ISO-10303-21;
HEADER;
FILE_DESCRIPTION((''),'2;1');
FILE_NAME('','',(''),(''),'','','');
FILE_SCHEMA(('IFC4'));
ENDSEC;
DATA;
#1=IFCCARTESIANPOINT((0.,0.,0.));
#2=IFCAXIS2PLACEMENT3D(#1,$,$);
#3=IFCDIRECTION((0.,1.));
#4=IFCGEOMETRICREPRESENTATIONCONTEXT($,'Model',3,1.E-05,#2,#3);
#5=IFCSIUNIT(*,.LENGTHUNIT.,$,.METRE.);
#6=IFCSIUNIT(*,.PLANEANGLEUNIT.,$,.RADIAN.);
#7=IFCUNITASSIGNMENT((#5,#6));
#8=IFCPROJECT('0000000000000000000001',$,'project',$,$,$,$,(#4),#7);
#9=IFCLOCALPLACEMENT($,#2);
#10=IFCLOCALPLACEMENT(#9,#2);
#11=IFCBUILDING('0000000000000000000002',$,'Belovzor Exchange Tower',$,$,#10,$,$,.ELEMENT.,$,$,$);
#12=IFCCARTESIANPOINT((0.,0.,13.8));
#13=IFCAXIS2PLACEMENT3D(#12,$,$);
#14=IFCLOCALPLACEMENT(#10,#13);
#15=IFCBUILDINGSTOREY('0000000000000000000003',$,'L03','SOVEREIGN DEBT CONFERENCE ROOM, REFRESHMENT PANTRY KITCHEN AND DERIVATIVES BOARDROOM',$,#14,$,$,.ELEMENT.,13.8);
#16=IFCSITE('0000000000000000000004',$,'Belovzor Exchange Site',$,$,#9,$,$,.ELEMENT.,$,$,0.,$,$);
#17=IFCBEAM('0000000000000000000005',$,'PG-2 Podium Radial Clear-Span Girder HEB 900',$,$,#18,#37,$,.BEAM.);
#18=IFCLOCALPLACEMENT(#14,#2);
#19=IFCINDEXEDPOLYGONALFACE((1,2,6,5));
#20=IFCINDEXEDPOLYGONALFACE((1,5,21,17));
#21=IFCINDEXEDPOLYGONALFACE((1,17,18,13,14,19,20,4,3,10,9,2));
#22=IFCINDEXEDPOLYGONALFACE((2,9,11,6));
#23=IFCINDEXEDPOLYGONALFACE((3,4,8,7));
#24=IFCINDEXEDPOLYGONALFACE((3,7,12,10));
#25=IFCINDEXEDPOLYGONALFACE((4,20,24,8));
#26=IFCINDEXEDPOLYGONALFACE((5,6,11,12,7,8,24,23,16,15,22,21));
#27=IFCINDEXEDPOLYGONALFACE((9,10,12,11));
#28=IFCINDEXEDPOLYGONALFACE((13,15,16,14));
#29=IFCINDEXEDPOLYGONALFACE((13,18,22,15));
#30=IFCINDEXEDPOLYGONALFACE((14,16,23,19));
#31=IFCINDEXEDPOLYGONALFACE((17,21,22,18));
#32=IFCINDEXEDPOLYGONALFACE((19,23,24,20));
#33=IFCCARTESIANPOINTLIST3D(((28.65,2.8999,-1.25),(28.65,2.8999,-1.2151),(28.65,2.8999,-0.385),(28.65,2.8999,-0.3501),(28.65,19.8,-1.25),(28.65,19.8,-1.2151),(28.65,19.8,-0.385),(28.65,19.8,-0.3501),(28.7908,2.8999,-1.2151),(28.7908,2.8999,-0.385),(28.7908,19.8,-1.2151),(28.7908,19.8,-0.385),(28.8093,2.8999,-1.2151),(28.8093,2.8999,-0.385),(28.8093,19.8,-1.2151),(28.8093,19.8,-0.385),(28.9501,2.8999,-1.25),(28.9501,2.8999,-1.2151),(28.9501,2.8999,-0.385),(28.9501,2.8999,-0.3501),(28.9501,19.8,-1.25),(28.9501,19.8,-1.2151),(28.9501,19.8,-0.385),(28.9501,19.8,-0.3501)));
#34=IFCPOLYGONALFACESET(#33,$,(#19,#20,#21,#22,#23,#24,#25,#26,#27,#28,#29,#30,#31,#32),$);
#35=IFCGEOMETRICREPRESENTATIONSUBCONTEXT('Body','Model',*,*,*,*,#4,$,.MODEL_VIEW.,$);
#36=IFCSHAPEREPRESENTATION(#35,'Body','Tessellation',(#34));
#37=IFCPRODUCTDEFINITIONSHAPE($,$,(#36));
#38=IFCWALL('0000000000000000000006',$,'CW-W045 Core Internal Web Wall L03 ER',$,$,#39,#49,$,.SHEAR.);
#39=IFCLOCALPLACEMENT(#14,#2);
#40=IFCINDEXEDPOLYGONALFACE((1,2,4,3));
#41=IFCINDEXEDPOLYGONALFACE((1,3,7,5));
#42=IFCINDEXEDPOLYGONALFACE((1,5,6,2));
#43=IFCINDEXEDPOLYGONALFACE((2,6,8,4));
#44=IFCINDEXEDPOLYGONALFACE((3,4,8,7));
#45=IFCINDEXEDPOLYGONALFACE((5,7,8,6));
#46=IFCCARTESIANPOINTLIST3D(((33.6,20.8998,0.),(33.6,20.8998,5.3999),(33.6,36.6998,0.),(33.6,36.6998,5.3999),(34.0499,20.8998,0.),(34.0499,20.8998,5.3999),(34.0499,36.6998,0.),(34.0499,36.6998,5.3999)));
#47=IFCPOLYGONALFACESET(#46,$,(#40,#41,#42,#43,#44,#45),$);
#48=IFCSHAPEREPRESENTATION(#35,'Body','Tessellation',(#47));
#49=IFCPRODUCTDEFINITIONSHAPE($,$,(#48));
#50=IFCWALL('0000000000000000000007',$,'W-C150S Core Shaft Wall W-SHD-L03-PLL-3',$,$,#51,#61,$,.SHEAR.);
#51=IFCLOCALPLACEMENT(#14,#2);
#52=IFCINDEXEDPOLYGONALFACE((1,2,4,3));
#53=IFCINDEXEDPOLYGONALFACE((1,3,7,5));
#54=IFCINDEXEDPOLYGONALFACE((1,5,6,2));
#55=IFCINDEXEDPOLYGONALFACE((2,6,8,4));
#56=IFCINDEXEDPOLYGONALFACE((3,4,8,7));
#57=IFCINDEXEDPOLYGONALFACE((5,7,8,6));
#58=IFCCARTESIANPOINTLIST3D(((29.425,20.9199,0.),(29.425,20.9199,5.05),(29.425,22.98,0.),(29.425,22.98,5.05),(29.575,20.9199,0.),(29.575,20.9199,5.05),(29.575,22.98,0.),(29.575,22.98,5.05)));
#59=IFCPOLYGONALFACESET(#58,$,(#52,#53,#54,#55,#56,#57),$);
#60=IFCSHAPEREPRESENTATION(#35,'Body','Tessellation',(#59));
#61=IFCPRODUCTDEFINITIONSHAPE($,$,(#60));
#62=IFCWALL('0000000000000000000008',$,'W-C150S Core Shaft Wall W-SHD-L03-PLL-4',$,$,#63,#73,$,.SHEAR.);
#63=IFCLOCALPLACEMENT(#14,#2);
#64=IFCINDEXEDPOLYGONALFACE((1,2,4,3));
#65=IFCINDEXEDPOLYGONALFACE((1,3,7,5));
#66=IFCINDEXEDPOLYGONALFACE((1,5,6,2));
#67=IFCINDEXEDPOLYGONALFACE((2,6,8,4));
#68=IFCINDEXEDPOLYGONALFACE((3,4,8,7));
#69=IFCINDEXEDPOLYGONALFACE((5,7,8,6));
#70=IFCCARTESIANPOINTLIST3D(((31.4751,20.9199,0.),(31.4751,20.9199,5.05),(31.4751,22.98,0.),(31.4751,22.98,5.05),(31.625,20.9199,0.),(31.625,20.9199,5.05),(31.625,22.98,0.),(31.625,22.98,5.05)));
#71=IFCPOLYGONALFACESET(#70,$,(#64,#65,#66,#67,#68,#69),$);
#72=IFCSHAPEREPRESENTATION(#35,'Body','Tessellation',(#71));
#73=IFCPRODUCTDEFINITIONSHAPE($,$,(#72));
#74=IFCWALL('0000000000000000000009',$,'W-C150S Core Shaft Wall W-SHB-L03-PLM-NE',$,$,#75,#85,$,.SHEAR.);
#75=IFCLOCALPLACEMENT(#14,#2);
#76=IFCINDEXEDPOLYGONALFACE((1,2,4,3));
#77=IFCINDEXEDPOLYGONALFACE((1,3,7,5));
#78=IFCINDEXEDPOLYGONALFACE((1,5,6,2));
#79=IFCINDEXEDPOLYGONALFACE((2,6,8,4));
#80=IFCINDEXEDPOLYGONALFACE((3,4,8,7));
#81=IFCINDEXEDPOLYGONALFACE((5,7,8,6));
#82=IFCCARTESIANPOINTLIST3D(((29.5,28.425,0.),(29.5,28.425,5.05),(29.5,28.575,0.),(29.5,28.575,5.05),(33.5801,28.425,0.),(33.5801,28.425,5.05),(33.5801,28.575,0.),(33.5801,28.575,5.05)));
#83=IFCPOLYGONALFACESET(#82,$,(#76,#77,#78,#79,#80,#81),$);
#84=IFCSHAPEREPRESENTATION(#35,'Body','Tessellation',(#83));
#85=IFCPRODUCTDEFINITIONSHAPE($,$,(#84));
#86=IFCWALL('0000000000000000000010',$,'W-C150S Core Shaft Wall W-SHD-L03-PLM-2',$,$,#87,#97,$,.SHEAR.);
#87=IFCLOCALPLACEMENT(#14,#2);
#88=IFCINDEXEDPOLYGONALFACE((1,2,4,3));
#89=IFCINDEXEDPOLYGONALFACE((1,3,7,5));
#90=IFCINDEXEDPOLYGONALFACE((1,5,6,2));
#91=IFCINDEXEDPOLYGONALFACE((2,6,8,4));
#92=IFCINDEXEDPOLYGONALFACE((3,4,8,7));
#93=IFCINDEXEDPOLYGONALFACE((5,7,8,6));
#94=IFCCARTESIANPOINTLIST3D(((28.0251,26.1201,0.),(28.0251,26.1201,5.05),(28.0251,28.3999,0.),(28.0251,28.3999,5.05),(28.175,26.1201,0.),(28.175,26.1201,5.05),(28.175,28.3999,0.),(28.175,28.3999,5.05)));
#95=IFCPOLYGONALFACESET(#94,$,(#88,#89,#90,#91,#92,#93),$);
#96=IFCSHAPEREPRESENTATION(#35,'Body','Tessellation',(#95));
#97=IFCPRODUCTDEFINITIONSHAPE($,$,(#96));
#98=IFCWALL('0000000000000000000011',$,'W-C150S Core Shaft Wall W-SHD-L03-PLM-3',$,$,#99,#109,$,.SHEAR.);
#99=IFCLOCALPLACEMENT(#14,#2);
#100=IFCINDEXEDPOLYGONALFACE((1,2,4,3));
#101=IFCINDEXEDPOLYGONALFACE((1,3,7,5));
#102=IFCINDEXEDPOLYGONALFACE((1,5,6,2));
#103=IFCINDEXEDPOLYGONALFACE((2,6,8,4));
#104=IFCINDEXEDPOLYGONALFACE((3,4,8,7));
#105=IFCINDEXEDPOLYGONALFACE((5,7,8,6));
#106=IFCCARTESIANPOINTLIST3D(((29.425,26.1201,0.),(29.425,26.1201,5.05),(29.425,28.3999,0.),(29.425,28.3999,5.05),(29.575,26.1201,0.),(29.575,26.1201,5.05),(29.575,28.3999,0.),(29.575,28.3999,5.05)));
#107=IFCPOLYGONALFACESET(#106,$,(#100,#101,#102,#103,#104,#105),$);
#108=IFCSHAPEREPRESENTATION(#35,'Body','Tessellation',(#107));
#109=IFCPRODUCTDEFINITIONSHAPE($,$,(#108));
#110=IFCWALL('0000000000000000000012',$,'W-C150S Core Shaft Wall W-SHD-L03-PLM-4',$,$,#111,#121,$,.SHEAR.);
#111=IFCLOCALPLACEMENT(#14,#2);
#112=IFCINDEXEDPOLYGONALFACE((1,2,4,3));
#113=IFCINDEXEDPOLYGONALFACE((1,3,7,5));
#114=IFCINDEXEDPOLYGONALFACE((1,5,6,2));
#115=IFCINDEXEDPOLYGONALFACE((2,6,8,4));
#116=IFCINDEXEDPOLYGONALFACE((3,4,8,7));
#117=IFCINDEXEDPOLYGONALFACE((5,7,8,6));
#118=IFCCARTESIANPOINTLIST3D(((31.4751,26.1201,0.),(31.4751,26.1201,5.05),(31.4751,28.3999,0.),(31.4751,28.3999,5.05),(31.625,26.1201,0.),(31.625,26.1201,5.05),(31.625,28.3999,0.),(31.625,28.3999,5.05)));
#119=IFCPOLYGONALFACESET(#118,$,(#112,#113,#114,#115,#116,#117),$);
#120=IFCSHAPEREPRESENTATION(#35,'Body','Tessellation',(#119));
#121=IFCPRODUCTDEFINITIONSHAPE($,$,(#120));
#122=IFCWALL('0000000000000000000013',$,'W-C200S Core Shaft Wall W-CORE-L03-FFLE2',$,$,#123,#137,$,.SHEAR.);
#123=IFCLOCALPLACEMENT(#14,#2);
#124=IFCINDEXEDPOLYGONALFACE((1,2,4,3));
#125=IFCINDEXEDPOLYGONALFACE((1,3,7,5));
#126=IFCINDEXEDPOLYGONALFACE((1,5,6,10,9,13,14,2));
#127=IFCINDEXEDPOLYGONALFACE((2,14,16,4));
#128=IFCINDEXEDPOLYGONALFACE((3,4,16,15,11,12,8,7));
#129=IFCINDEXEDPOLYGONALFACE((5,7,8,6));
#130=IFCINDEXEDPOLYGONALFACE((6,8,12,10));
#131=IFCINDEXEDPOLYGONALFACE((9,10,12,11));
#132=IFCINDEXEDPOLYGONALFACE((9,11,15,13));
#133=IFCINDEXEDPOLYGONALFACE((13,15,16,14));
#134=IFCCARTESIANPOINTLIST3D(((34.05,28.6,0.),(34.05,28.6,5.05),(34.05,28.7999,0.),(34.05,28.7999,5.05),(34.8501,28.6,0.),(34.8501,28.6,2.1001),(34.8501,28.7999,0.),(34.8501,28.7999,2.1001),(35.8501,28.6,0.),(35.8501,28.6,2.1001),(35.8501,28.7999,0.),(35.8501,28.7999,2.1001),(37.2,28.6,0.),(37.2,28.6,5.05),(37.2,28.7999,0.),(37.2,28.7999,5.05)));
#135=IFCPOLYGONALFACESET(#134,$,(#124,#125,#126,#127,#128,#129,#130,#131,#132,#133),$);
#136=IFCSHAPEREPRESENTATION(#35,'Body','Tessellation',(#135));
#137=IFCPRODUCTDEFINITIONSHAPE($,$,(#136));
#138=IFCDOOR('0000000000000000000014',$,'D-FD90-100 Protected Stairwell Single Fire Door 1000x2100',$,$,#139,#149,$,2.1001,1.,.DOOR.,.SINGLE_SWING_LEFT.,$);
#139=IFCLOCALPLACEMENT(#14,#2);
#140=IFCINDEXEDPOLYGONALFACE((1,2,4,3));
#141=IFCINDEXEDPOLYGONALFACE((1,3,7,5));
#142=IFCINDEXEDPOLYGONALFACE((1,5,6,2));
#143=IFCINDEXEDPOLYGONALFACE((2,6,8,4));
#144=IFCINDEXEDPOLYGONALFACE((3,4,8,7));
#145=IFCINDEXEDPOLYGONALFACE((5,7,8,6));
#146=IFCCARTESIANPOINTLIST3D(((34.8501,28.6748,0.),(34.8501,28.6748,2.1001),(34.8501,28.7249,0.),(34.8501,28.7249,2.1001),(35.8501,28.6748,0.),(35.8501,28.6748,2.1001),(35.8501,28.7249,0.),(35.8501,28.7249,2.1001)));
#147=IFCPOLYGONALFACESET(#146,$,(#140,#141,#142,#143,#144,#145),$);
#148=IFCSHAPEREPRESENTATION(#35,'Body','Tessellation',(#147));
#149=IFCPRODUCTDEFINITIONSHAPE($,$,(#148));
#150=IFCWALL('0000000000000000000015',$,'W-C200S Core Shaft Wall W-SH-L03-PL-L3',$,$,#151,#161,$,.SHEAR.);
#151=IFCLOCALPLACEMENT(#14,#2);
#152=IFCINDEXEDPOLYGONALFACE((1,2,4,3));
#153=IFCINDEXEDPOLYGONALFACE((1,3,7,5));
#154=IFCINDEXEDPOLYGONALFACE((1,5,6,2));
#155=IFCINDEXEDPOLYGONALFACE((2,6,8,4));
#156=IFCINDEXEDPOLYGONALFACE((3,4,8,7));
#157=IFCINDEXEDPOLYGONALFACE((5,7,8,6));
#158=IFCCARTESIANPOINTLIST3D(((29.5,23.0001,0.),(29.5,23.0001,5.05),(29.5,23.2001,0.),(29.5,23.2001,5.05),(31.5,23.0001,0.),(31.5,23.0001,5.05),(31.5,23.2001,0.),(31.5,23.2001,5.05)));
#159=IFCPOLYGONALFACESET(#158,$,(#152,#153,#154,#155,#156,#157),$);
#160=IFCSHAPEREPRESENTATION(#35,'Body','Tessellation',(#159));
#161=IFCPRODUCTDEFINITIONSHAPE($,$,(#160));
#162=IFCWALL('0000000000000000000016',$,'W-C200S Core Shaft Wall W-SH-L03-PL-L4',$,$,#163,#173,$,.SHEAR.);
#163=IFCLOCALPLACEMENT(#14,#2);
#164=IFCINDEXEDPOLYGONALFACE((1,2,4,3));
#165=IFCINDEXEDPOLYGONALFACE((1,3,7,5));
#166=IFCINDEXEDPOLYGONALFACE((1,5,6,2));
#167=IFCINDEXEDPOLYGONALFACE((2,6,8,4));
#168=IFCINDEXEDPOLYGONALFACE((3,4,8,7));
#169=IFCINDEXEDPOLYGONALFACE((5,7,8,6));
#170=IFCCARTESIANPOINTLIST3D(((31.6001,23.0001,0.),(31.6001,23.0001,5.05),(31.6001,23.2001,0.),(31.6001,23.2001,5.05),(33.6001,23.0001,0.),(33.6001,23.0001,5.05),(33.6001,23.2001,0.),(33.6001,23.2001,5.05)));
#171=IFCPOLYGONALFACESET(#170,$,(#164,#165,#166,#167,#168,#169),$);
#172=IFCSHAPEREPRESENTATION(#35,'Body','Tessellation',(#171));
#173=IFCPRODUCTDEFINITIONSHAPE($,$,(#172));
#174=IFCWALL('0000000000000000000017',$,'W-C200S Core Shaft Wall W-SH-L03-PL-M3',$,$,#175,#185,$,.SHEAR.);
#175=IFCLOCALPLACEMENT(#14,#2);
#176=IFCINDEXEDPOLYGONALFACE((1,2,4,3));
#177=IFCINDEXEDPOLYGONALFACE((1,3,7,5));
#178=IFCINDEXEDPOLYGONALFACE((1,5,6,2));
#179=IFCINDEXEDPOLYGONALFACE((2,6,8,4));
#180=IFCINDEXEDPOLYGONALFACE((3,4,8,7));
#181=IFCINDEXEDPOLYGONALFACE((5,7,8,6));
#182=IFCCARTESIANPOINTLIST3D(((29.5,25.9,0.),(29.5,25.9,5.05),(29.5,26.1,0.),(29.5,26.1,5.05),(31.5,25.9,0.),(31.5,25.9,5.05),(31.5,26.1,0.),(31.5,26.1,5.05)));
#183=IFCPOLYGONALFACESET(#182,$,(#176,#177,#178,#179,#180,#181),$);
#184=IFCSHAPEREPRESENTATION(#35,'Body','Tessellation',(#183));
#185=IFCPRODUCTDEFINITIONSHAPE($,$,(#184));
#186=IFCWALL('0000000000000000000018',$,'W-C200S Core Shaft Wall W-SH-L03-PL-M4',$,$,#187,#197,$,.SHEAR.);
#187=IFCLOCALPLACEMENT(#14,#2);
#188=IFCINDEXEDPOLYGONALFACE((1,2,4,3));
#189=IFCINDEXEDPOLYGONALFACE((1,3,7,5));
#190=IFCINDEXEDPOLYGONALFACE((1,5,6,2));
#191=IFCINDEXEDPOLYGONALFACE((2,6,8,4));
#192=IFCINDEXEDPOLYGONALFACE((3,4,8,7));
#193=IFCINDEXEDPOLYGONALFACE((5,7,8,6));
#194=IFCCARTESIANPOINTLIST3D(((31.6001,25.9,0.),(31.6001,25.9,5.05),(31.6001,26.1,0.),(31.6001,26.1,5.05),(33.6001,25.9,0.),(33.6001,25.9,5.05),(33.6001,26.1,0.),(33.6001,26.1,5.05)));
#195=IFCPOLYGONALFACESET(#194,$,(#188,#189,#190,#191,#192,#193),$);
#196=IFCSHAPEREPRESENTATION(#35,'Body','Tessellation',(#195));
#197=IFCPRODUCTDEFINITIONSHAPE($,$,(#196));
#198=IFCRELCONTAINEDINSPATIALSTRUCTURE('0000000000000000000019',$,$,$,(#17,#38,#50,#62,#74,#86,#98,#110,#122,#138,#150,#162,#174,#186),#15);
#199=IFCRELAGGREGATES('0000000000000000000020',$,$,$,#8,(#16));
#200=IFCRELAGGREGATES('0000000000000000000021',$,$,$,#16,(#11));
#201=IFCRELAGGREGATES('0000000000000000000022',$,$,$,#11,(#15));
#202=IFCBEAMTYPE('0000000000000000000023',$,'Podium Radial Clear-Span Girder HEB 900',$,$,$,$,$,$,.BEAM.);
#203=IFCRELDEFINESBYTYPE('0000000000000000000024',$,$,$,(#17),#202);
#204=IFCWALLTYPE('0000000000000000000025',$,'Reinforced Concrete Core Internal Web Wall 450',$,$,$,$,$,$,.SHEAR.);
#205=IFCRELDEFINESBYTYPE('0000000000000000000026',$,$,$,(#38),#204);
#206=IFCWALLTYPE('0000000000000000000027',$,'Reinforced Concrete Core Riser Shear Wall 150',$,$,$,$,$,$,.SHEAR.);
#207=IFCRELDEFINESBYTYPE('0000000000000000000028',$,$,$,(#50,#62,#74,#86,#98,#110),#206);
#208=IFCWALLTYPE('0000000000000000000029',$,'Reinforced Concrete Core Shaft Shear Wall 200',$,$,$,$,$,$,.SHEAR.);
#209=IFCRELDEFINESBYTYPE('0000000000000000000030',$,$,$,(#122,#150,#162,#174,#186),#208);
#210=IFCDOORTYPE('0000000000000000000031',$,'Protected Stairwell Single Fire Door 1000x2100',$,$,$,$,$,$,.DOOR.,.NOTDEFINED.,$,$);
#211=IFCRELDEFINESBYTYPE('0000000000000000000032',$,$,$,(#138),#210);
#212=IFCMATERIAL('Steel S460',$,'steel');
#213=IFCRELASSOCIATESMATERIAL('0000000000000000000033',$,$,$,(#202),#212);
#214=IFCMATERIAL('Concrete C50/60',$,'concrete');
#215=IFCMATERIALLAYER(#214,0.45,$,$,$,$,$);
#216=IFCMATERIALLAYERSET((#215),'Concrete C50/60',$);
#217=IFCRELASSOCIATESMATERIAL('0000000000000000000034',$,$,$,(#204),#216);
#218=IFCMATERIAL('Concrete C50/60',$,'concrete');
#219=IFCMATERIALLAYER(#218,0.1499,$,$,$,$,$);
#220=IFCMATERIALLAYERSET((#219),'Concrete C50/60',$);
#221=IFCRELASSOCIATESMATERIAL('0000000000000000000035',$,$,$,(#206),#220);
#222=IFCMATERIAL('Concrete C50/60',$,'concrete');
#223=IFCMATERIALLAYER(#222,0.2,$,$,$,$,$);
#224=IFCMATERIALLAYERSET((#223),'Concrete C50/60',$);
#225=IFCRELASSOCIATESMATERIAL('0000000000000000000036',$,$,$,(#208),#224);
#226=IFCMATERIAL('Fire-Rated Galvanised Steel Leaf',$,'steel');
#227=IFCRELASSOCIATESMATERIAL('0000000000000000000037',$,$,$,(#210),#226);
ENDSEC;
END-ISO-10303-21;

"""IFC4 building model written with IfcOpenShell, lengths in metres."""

from ifc_helpers import new_model, si_unit, direction, frame, frame_2d, origin, origin_2d, place, context, subcontext, project, spatial, rectangle, i_section, extrude, material, layer, layer_set, material_profile, profile_set, type_object, element, fill, save


model = new_model("IFC4")

# Units and contexts
model_context = context("Model", 3, precision=1e-05, world=origin(), true_north=direction((0.0, 1.0)))
body_context = subcontext(model_context, "Body", "Model", "MODEL_VIEW")
ifc_project = project(units=[si_unit("LENGTHUNIT", "METRE"), si_unit("PLANEANGLEUNIT", "RADIAN")], contexts=[model_context])

# Site, building, storey
site_placement = place(None, origin())
site = spatial("IfcSite", under=ifc_project, at=site_placement, Name="Belovzor Exchange Site", CompositionType="ELEMENT", RefElevation=0.0)
building_placement = place(site_placement, origin())
building = spatial("IfcBuilding", under=site, at=building_placement, Name="Belovzor Exchange Tower", CompositionType="ELEMENT")
storey_placement = place(building_placement, frame((0.0, 0.0, 13.8)))
storey = spatial("IfcBuildingStorey", under=building, at=storey_placement, Name="L03", Description="SOVEREIGN DEBT CONFERENCE ROOM, REFRESHMENT PANTRY KITCHEN AND DERIVATIVES BOARDROOM", CompositionType="ELEMENT", Elevation=13.8)

# Beam
ifc_material_1 = material(Name="Steel S460", Category="steel")
ifc_material_profile = material_profile(ifc_material_1, i_section(OverallWidth=0.3, OverallDepth=0.8999, WebThickness=0.0186, FlangeThickness=0.0349, at=origin_2d()))
ifc_profile_set = profile_set([ifc_material_profile], Name="Steel S460")
beam_type = type_object("IfcBeamType", Name="Podium Radial Clear-Span Girder HEB 900", PredefinedType="BEAM", material=ifc_profile_set)
beam_placement = place(storey_placement, frame((28.8, 19.8, -0.8), z_axis=(0.0, -1.0, 0.0), x_axis=(1.0, 0.0, 0.0)))
element("IfcBeam", 1, at=beam_placement, inside=storey, type_object=beam_type, Name="PG-2 Podium Radial Clear-Span Girder HEB 900", PredefinedType="BEAM", context=body_context, shape_type="SweptSolid", body=[
    extrude(i_section(OverallWidth=0.3, OverallDepth=0.8999, WebThickness=0.0186, FlangeThickness=0.0349, at=origin_2d()), origin(), (0.0, 0.0, 1.0), 16.9001),
])

# Walls
ifc_material_2 = material(Name="Concrete C50/60", Category="concrete")
ifc_layer_1 = layer(ifc_material_2, 0.45)
ifc_layer_set_1 = layer_set([ifc_layer_1], Name="Concrete C50/60")
wall_type_1 = type_object("IfcWallType", Name="Reinforced Concrete Core Internal Web Wall 450", PredefinedType="SHEAR", material=ifc_layer_set_1)
wall_1_placement = place(storey_placement, frame((33.825, 20.8999, 0.0), z_axis=(0.0, 0.0, 1.0), x_axis=(0.0, 1.0, 0.0)))
element("IfcWall", 2, at=wall_1_placement, inside=storey, type_object=wall_type_1, Name="CW-W045 Core Internal Web Wall L03 ER", PredefinedType="SHEAR", context=body_context, shape_type="SweptSolid", body=[
    extrude(rectangle(XDim=15.8, YDim=0.45, at=frame_2d((7.8999, 0.0))), origin(), (0.0, 0.0, 1.0), 5.3999),
])
ifc_material_3 = material(Name="Concrete C50/60", Category="concrete")
ifc_layer_2 = layer(ifc_material_3, 0.1499)
ifc_layer_set_2 = layer_set([ifc_layer_2], Name="Concrete C50/60")
wall_type_2 = type_object("IfcWallType", Name="Reinforced Concrete Core Riser Shear Wall 150", PredefinedType="SHEAR", material=ifc_layer_set_2)
for number, where, z_axis, x_axis, name in (
    (3, (29.5, 20.9199, 0.0), (0.0, 0.0, 1.0), (0.0, 1.0, 0.0), "W-C150S Core Shaft Wall W-SHD-L03-PLL-3"),
    (4, (31.55, 20.9199, 0.0), (0.0, 0.0, 1.0), (0.0, 1.0, 0.0), "W-C150S Core Shaft Wall W-SHD-L03-PLL-4"),
):
    element("IfcWall", number, at=place(storey_placement, frame(where, z_axis=z_axis, x_axis=x_axis)), inside=storey, type_object=wall_type_2, Name=name, PredefinedType="SHEAR", context=body_context, shape_type="SweptSolid", body=[
        extrude(rectangle(XDim=2.0601, YDim=0.1499, at=frame_2d((1.03, 0.0))), origin(), (0.0, 0.0, 1.0), 5.05),
    ])
wall_2_placement = place(storey_placement, frame((29.5, 28.5, 0.0), z_axis=(0.0, 0.0, 1.0), x_axis=(1.0, 0.0, 0.0)))
element("IfcWall", 5, at=wall_2_placement, inside=storey, type_object=wall_type_2, Name="W-C150S Core Shaft Wall W-SHB-L03-PLM-NE", PredefinedType="SHEAR", context=body_context, shape_type="SweptSolid", body=[
    extrude(rectangle(XDim=4.0801, YDim=0.1499, at=frame_2d((2.04, 0.0))), origin(), (0.0, 0.0, 1.0), 5.05),
])
for number, where, z_axis, x_axis, name in (
    (6, (28.1001, 26.1201, 0.0), (0.0, 0.0, 1.0), (0.0, 1.0, 0.0), "W-C150S Core Shaft Wall W-SHD-L03-PLM-2"),
    (7, (29.5, 26.1201, 0.0), (0.0, 0.0, 1.0), (0.0, 1.0, 0.0), "W-C150S Core Shaft Wall W-SHD-L03-PLM-3"),
    (8, (31.55, 26.1201, 0.0), (0.0, 0.0, 1.0), (0.0, 1.0, 0.0), "W-C150S Core Shaft Wall W-SHD-L03-PLM-4"),
):
    element("IfcWall", number, at=place(storey_placement, frame(where, z_axis=z_axis, x_axis=x_axis)), inside=storey, type_object=wall_type_2, Name=name, PredefinedType="SHEAR", context=body_context, shape_type="SweptSolid", body=[
        extrude(rectangle(XDim=2.2798, YDim=0.1499, at=frame_2d((1.1399, 0.0))), origin(), (0.0, 0.0, 1.0), 5.05),
    ])

# Wall, opening, door
ifc_material_4 = material(Name="Concrete C50/60", Category="concrete")
ifc_layer_3 = layer(ifc_material_4, 0.2)
ifc_layer_set_3 = layer_set([ifc_layer_3], Name="Concrete C50/60")
wall_type_3 = type_object("IfcWallType", Name="Reinforced Concrete Core Shaft Shear Wall 200", PredefinedType="SHEAR", material=ifc_layer_set_3)
wall_3_placement = place(storey_placement, frame((34.05, 28.7, 0.0), z_axis=(0.0, 0.0, 1.0), x_axis=(1.0, 0.0, 0.0)))
wall_3 = element("IfcWall", 9, at=wall_3_placement, inside=storey, type_object=wall_type_3, Name="W-C200S Core Shaft Wall W-CORE-L03-FFLE2", PredefinedType="SHEAR", context=body_context, shape_type="SweptSolid", body=[
    extrude(rectangle(XDim=3.1499, YDim=0.2, at=frame_2d((1.575, 0.0))), origin(), (0.0, 0.0, 1.0), 5.05),
])
opening_1_placement = place(wall_3_placement, frame((0.8, 0.0, 0.0)))
opening_1 = element("IfcOpeningElement", 10, at=opening_1_placement, cuts=wall_3, PredefinedType="OPENING", context=body_context, shape_type="SweptSolid", body=[
    extrude(rectangle(XDim=1.0, YDim=2.1001, at=frame_2d((0.5, 1.05))), frame((0.0, 0.1099, 0.0), z_axis=(0.0, -1.0, 0.0), x_axis=(1.0, 0.0, 0.0)), (0.0, 0.0, 1.0), 0.22),
])
ifc_material_5 = material(Name="Fire-Rated Galvanised Steel Leaf", Category="steel")
door_type_1 = type_object("IfcDoorType", Name="Protected Stairwell Single Fire Door 1000x2100", OperationType="NOTDEFINED", PredefinedType="DOOR", material=ifc_material_5)
door_1_placement = place(opening_1_placement, origin())
door_1 = element("IfcDoor", 11, at=door_1_placement, inside=storey, type_object=door_type_1, Name="D-FD90-100 Protected Stairwell Single Fire Door 1000x2100", OperationType="SINGLE_SWING_LEFT", OverallHeight=2.1001, OverallWidth=1.0, PredefinedType="DOOR", context=body_context, shape_type="SweptSolid", body=[
    extrude(rectangle(XDim=1.0, YDim=2.1001, at=frame_2d((0.5, 1.05))), frame((0.0, 0.0249, 0.0), z_axis=(0.0, -1.0, 0.0), x_axis=(1.0, 0.0, 0.0)), (0.0, 0.0, 1.0), 0.05),
])
fill(opening_1, door_1)

# Walls
for number, where, z_axis, x_axis, name in (
    (12, (29.5, 23.1001, 0.0), (0.0, 0.0, 1.0), (1.0, 0.0, 0.0), "W-C200S Core Shaft Wall W-SH-L03-PL-L3"),
    (13, (31.6001, 23.1001, 0.0), (0.0, 0.0, 1.0), (1.0, 0.0, 0.0), "W-C200S Core Shaft Wall W-SH-L03-PL-L4"),
    (14, (29.5, 26.0, 0.0), (0.0, 0.0, 1.0), (1.0, 0.0, 0.0), "W-C200S Core Shaft Wall W-SH-L03-PL-M3"),
    (15, (31.6001, 26.0, 0.0), (0.0, 0.0, 1.0), (1.0, 0.0, 0.0), "W-C200S Core Shaft Wall W-SH-L03-PL-M4"),
):
    element("IfcWall", number, at=place(storey_placement, frame(where, z_axis=z_axis, x_axis=x_axis)), inside=storey, type_object=wall_type_3, Name=name, PredefinedType="SHEAR", context=body_context, shape_type="SweptSolid", body=[
        extrude(rectangle(XDim=2.0, YDim=0.2, at=frame_2d((1.0, 0.0))), origin(), (0.0, 0.0, 1.0), 5.05),
    ])

save(model, "model.ifc")
